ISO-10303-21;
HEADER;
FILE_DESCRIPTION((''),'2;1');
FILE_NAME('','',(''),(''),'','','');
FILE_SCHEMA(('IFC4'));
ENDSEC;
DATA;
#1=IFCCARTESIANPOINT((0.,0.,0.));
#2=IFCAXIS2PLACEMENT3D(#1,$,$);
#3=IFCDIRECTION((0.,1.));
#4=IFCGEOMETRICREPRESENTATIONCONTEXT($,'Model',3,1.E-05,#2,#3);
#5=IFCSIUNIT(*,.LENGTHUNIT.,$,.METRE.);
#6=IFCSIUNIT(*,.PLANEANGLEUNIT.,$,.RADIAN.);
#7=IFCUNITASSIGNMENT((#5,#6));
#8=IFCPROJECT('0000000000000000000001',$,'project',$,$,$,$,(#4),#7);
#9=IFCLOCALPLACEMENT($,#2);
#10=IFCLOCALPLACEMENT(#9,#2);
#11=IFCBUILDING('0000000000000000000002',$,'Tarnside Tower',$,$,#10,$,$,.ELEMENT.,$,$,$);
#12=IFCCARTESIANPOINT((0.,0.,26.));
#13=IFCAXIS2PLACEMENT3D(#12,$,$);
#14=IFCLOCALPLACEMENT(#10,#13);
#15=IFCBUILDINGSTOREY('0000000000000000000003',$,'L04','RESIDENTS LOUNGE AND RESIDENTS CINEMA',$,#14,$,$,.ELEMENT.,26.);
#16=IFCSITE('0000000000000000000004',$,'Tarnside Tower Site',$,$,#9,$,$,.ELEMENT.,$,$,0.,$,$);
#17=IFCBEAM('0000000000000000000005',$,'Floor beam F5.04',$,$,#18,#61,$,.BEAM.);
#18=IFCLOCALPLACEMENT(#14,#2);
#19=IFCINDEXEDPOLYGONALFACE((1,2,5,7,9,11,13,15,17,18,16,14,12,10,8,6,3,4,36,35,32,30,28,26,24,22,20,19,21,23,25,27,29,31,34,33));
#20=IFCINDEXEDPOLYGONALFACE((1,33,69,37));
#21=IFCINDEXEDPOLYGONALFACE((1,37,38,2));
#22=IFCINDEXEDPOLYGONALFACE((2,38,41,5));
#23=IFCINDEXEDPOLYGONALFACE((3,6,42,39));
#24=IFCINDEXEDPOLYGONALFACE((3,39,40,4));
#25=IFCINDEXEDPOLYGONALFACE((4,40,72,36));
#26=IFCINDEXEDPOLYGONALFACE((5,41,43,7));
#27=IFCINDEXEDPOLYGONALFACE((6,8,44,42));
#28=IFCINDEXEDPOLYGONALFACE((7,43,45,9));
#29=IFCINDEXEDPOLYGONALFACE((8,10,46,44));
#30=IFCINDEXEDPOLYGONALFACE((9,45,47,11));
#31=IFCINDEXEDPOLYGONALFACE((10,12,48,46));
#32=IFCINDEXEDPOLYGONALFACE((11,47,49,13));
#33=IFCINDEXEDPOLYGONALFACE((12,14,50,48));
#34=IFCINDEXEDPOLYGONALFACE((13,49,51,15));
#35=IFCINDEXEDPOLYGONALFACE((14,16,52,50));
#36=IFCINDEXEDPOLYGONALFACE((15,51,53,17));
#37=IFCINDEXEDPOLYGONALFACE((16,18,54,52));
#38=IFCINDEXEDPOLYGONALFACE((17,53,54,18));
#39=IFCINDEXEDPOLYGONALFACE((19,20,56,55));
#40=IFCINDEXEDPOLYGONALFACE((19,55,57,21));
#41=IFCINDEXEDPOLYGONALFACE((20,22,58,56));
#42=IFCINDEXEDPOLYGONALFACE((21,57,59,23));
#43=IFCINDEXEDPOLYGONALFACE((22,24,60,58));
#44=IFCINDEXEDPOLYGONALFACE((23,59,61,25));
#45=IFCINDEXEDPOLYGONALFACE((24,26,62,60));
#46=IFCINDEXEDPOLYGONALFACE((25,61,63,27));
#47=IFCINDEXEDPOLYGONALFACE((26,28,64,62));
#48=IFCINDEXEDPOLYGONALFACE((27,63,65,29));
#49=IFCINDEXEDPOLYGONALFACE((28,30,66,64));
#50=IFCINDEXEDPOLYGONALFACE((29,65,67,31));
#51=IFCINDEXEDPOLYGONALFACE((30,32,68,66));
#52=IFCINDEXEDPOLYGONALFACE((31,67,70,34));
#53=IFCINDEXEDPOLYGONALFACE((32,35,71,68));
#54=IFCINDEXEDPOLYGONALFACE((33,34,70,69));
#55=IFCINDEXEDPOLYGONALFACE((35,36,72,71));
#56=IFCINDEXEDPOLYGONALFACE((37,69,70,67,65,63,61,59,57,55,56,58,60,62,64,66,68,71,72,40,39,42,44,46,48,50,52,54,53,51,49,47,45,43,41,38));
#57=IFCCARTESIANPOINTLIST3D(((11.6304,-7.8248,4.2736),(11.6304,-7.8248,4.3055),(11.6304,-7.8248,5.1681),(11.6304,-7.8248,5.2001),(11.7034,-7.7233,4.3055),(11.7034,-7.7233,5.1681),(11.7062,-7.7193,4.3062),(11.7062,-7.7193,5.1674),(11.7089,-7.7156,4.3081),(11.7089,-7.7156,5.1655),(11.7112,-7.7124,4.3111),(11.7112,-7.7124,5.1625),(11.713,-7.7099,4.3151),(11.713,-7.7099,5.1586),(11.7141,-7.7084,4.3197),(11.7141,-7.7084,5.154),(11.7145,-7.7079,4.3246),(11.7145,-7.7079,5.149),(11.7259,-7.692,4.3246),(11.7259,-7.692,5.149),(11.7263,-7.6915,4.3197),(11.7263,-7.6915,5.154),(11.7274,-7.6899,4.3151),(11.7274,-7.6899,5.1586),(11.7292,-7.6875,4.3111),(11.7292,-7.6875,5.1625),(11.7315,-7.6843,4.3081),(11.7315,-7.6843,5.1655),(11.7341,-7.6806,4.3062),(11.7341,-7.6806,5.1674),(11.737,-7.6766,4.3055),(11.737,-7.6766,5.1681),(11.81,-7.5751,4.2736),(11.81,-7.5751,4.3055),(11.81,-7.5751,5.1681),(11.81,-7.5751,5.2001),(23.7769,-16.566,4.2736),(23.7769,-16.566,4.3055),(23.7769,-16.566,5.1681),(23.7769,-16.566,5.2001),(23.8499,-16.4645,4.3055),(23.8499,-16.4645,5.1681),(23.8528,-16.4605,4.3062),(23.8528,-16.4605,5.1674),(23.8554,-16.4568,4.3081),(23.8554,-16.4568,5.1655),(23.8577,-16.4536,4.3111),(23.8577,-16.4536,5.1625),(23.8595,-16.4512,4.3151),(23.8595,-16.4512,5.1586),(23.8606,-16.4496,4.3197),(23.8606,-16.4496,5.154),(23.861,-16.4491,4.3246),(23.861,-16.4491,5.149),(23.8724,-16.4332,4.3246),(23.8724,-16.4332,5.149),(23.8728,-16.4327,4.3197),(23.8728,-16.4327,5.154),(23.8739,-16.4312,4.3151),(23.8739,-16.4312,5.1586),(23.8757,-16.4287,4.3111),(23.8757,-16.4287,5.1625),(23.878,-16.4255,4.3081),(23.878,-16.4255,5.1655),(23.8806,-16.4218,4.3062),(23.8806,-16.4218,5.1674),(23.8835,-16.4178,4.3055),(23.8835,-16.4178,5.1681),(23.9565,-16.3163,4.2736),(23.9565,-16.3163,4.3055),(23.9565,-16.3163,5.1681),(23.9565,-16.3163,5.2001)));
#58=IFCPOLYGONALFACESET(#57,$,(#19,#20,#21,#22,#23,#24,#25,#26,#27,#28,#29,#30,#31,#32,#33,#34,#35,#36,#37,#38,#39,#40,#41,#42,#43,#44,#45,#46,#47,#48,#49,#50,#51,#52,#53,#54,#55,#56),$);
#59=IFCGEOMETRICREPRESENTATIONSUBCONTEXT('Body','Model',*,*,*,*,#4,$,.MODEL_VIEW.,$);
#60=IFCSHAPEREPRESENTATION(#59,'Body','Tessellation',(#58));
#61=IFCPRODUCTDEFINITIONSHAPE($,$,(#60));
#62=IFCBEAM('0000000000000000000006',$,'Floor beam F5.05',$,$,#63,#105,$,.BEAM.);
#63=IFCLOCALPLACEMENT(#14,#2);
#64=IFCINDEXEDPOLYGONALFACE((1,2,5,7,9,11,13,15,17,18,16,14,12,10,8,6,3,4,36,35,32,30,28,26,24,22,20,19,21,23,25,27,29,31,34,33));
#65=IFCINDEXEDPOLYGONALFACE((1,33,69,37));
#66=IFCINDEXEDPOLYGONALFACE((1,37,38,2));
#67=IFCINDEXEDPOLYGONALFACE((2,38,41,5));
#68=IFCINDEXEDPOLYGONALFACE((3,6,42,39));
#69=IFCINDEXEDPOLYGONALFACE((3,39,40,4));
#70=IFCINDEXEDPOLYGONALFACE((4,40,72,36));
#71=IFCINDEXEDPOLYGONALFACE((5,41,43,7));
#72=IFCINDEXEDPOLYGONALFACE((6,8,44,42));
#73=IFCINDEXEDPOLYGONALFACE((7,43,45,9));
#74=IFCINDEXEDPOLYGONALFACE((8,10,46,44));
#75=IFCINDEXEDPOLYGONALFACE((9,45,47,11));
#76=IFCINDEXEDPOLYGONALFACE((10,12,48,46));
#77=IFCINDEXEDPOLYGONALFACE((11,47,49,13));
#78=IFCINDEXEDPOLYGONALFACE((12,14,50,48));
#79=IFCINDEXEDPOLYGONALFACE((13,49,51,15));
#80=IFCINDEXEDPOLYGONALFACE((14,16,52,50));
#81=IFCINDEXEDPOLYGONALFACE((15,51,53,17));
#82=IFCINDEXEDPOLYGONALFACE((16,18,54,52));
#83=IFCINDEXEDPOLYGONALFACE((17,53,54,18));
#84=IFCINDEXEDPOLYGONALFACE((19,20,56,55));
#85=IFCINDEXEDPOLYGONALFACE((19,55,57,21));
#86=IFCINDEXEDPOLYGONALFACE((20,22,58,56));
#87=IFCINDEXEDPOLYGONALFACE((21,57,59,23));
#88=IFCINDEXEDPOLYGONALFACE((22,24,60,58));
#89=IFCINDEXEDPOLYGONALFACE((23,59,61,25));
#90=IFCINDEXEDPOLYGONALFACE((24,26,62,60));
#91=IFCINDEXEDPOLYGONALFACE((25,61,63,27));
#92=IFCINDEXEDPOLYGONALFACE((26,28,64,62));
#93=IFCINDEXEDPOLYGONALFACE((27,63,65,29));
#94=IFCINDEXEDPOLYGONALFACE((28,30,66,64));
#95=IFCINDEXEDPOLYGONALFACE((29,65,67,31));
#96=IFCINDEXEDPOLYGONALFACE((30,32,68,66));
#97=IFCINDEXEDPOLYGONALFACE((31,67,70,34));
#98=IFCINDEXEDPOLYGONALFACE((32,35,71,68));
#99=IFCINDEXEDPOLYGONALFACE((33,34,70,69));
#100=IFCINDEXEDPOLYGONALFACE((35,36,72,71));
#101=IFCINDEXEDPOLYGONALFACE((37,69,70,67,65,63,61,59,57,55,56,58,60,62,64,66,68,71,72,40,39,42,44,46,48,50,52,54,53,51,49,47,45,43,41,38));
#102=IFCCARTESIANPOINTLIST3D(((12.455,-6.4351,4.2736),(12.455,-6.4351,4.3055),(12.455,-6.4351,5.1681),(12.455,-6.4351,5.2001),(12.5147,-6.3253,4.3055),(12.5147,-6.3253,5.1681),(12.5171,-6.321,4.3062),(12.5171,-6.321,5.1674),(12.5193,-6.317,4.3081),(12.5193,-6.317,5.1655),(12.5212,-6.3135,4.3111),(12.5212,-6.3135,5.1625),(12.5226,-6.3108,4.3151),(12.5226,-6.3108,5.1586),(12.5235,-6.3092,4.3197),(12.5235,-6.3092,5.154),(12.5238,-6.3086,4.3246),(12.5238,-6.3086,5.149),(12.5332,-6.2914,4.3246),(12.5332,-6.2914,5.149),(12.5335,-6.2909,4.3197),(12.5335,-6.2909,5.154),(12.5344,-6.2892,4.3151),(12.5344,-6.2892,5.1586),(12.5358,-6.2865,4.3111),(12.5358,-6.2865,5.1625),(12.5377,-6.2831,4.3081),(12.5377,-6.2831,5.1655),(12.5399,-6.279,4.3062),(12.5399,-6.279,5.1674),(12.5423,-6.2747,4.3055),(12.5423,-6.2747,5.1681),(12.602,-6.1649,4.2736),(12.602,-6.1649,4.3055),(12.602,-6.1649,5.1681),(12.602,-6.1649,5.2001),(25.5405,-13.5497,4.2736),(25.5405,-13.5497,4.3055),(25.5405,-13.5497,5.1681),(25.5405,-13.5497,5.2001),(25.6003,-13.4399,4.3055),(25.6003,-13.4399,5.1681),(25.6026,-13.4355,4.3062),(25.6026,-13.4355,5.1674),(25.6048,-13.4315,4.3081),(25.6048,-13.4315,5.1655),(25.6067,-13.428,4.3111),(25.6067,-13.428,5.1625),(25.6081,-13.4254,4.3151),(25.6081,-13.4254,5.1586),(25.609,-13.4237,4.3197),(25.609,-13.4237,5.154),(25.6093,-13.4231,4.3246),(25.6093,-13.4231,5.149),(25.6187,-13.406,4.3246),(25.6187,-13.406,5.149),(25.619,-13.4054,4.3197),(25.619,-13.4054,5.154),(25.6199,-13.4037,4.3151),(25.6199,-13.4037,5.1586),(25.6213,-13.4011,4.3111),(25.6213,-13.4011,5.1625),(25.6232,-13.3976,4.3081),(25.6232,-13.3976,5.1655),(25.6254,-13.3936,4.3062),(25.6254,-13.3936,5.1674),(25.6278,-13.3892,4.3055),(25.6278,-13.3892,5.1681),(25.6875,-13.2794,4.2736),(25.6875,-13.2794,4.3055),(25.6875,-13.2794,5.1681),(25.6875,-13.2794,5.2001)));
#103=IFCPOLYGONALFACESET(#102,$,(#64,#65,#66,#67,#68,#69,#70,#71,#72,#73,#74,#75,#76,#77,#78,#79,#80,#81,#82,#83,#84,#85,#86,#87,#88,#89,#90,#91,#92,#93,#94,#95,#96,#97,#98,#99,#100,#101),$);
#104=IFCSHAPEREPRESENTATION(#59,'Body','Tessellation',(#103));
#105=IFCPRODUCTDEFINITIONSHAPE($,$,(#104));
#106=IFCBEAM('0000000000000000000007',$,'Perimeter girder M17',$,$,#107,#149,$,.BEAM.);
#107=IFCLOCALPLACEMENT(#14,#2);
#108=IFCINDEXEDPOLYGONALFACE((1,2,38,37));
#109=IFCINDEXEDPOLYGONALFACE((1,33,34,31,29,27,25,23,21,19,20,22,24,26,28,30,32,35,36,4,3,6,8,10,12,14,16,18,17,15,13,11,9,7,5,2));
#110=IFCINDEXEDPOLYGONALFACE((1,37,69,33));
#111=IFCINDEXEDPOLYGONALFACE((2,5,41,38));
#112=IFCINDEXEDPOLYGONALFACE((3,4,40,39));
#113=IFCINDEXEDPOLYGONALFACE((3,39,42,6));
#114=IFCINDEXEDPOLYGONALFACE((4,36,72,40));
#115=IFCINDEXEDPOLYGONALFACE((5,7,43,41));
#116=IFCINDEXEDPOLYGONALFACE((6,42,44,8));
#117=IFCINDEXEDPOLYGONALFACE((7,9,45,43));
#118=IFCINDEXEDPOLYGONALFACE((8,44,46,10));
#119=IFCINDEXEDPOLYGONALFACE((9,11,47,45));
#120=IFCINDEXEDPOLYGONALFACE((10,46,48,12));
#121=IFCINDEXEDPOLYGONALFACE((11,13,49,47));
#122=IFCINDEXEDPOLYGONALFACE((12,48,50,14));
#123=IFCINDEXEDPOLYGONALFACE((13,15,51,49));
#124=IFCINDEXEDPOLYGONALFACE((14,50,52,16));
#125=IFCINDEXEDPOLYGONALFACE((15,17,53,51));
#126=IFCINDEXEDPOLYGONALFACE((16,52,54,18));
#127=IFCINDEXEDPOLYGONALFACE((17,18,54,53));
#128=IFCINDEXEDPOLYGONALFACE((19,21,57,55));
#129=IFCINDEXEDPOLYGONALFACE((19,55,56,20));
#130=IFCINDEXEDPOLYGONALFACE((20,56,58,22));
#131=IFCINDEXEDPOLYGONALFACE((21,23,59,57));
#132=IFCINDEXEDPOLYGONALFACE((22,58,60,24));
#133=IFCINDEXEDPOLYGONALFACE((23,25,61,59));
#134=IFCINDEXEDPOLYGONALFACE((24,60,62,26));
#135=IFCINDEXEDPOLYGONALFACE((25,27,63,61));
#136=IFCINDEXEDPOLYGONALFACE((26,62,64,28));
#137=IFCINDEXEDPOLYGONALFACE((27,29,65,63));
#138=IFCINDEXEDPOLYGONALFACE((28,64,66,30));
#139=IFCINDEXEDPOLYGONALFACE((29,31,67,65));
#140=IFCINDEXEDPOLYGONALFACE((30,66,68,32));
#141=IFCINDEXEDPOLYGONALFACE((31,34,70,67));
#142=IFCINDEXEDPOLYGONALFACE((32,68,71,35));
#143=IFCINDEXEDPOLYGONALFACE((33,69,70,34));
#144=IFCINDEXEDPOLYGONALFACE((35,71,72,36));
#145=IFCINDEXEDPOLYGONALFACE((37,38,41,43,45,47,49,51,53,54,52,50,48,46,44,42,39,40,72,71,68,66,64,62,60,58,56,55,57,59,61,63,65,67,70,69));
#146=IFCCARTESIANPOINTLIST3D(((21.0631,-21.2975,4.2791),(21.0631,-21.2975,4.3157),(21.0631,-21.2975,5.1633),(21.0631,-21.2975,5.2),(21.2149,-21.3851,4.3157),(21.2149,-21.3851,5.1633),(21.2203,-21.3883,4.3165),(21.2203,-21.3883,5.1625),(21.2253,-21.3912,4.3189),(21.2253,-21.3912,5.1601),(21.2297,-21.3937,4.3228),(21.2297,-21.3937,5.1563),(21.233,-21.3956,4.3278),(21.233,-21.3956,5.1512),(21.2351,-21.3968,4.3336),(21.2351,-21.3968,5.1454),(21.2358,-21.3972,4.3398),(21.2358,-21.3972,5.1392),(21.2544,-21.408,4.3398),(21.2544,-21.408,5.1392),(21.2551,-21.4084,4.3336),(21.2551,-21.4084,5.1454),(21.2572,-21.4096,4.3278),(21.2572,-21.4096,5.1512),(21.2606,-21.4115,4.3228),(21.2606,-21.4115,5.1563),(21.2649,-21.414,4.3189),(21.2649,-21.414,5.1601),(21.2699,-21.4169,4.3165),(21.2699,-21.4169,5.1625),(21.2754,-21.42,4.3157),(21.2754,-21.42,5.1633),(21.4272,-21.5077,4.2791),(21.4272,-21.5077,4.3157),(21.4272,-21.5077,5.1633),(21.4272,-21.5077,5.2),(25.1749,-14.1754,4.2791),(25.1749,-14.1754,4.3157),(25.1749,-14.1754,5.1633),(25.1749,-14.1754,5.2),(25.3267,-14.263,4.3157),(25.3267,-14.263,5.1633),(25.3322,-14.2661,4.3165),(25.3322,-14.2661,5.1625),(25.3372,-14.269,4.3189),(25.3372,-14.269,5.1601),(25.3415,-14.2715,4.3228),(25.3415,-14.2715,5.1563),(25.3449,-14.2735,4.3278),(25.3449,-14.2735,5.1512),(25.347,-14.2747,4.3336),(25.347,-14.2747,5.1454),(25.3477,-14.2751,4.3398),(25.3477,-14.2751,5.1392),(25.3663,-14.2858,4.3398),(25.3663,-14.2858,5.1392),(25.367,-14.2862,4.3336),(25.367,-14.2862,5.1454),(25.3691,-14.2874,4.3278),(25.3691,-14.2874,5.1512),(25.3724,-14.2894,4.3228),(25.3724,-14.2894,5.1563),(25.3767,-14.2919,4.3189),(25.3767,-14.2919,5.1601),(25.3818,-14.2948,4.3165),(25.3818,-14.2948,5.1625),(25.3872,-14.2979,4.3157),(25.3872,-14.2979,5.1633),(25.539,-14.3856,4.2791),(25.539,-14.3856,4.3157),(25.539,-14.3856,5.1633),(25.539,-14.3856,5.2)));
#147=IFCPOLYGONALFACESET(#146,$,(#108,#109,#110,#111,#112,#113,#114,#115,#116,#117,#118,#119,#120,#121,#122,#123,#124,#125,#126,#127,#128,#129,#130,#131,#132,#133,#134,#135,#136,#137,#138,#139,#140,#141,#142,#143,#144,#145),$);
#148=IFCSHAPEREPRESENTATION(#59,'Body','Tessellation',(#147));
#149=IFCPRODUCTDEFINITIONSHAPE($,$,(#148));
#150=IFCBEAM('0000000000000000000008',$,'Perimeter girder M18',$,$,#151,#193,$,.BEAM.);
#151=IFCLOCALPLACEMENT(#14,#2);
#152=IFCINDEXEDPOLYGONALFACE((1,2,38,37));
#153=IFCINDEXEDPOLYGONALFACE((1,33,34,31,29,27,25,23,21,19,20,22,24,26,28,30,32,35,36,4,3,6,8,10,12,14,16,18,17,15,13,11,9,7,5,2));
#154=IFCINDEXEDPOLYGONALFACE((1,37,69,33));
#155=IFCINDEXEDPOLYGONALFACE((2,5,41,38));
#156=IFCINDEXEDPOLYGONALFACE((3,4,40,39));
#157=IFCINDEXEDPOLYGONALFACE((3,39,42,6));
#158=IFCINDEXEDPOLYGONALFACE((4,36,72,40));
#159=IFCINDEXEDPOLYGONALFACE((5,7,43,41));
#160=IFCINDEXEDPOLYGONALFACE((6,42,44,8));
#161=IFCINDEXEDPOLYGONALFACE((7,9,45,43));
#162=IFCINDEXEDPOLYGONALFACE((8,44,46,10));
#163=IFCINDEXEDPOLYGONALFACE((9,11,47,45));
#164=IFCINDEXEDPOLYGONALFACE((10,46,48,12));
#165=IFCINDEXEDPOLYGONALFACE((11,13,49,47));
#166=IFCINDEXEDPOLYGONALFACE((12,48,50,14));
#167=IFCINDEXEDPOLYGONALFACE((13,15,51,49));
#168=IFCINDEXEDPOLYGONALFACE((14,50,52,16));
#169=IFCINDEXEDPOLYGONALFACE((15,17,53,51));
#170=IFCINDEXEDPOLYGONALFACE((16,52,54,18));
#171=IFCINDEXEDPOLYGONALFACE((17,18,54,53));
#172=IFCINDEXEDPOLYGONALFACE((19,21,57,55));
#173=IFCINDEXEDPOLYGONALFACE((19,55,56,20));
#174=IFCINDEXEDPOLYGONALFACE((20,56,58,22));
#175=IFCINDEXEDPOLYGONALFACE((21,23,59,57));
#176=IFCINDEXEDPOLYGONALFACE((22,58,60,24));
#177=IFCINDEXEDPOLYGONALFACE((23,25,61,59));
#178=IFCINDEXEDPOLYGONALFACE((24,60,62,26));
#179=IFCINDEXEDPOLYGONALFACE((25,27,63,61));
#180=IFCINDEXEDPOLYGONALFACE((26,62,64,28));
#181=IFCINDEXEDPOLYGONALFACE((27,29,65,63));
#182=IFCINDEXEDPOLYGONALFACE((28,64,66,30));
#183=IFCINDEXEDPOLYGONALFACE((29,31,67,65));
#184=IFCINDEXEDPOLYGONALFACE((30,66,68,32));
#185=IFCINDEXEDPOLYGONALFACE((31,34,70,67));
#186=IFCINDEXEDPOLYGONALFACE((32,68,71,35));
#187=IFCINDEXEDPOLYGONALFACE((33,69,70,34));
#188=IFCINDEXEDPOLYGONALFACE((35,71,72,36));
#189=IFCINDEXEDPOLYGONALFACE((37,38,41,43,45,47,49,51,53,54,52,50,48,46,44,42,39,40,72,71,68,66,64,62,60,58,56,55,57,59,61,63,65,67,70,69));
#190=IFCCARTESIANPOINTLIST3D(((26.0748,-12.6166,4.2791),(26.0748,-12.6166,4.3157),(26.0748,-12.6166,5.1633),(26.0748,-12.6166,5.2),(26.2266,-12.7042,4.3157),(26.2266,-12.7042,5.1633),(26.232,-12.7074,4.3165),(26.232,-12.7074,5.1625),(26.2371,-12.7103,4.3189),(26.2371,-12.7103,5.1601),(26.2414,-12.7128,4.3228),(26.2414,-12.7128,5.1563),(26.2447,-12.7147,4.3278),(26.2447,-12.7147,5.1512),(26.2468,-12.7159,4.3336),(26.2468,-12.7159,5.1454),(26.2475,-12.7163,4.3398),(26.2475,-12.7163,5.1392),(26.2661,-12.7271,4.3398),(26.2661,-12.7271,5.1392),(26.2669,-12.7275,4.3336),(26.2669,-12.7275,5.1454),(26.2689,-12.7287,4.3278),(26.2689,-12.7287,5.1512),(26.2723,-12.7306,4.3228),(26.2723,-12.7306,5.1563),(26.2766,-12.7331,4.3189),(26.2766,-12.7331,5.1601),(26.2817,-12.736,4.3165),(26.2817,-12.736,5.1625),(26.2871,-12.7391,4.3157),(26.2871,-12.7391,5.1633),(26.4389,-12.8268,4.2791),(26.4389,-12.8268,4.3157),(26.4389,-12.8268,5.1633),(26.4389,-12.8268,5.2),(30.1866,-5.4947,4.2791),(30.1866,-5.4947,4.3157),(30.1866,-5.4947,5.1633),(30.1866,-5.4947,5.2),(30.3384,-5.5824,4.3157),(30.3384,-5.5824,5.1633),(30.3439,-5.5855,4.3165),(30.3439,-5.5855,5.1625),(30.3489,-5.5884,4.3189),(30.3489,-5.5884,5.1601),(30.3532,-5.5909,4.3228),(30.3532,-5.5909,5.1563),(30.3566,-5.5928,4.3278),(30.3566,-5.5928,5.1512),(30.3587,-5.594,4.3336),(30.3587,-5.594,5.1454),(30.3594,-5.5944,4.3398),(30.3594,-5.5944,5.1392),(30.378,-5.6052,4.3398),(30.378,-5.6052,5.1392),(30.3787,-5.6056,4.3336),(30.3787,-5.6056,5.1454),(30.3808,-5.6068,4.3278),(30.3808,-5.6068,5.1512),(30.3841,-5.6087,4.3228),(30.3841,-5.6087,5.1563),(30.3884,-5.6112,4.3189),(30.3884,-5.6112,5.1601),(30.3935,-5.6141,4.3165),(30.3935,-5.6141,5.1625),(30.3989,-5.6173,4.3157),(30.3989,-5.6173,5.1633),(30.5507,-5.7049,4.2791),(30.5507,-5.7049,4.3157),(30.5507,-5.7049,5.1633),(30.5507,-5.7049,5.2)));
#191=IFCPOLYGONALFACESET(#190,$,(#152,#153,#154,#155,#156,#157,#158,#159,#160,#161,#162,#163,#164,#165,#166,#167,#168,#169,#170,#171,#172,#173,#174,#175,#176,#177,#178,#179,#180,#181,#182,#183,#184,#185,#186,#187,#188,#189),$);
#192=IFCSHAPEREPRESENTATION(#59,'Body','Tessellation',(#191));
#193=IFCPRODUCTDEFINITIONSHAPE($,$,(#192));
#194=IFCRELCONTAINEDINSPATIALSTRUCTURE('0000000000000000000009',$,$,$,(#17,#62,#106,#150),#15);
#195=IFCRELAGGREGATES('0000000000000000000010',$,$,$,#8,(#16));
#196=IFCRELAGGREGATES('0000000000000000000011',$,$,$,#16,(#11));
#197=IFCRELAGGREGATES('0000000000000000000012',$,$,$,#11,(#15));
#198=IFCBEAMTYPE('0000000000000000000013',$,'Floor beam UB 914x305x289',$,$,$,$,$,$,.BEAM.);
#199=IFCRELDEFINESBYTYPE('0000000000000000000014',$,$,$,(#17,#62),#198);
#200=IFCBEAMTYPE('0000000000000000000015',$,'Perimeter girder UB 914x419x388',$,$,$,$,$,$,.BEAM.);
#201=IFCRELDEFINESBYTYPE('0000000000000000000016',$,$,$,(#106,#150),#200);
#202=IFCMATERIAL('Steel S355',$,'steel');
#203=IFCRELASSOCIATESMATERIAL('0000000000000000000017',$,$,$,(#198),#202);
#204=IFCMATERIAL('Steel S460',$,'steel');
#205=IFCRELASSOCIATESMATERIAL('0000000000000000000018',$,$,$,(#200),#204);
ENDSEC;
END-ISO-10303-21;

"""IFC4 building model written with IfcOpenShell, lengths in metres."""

from ifc_helpers import new_model, si_unit, direction, frame, origin, origin_2d, place, context, subcontext, project, spatial, i_section, extrude, material, material_profile, profile_set, type_object, element, save


model = new_model("IFC4")

# Units and contexts
model_context = context("Model", 3, precision=1e-05, world=origin(), true_north=direction((0.0, 1.0)))
body_context = subcontext(model_context, "Body", "Model", "MODEL_VIEW")
ifc_project = project(units=[si_unit("LENGTHUNIT", "METRE"), si_unit("PLANEANGLEUNIT", "RADIAN")], contexts=[model_context])

# Site, building, storey
site_placement = place(None, origin())
site = spatial("IfcSite", under=ifc_project, at=site_placement, Name="Tarnside Tower Site", CompositionType="ELEMENT", RefElevation=0.0)
building_placement = place(site_placement, origin())
building = spatial("IfcBuilding", under=site, at=building_placement, Name="Tarnside Tower", CompositionType="ELEMENT")
storey_placement = place(building_placement, frame((0.0, 0.0, 26.0)))
storey = spatial("IfcBuildingStorey", under=building, at=storey_placement, Name="L04", Description="RESIDENTS LOUNGE AND RESIDENTS CINEMA", CompositionType="ELEMENT", Elevation=26.0)

# Beams
ifc_material_1 = material(Name="Steel S355", Category="steel")
ifc_material_profile_1 = material_profile(ifc_material_1, i_section(OverallWidth=0.3076, OverallDepth=0.9265, WebThickness=0.0195, FlangeThickness=0.032, FilletRadius=0.019, at=origin_2d()), Name="UB 914x305x289")
ifc_profile_set_1 = profile_set([ifc_material_profile_1], Name="Steel S355")
beam_type_1 = type_object("IfcBeamType", Name="Floor beam UB 914x305x289", PredefinedType="BEAM", material=ifc_profile_set_1)
beam_1_placement = place(storey_placement, frame((23.8667, -16.4412, 4.7368), z_axis=(-0.811669, 0.584117, 0.0), x_axis=(-0.584117, -0.811669, 0.0)))
element("IfcBeam", 1, at=beam_1_placement, inside=storey, type_object=beam_type_1, Name="Floor beam F5.04", PredefinedType="BEAM", context=body_context, shape_type="SweptSolid", body=[
    extrude(i_section(OverallWidth=0.3076, OverallDepth=0.9265, WebThickness=0.0195, FlangeThickness=0.032, FilletRadius=0.019, at=origin_2d()), origin(), (0.0, 0.0, 1.0), 14.9648),
])
beam_2_placement = place(storey_placement, frame((25.614, -13.4146, 4.7368), z_axis=(-0.878544, 0.477661, 0.0), x_axis=(-0.477661, -0.878544, 0.0)))
element("IfcBeam", 2, at=beam_2_placement, inside=storey, type_object=beam_type_1, Name="Floor beam F5.05", PredefinedType="BEAM", context=body_context, shape_type="SweptSolid", body=[
    extrude(i_section(OverallWidth=0.3076, OverallDepth=0.9265, WebThickness=0.0195, FlangeThickness=0.032, FilletRadius=0.019, at=origin_2d()), origin(), (0.0, 0.0, 1.0), 14.8945),
])
ifc_material_2 = material(Name="Steel S460", Category="steel")
ifc_material_profile_2 = material_profile(ifc_material_2, i_section(OverallWidth=0.4204, OverallDepth=0.9209, WebThickness=0.0215, FlangeThickness=0.0366, FilletRadius=0.0242, at=origin_2d()), Name="UB 914x419x388")
ifc_profile_set_2 = profile_set([ifc_material_profile_2], Name="Steel S460")
beam_type_2 = type_object("IfcBeamType", Name="Perimeter girder UB 914x419x388", PredefinedType="BEAM", material=ifc_profile_set_2)
beam_3_placement = place(storey_placement, frame((21.2451, -21.4026, 4.7395), z_axis=(0.49999, 0.866031, 0.0), x_axis=(-0.866031, 0.49999, 0.0)))
element("IfcBeam", 3, at=beam_3_placement, inside=storey, type_object=beam_type_2, Name="Perimeter girder M17", PredefinedType="BEAM", context=body_context, shape_type="SweptSolid", body=[
    extrude(i_section(OverallWidth=0.4204, OverallDepth=0.9209, WebThickness=0.0215, FlangeThickness=0.0366, FilletRadius=0.0242, at=origin_2d()), origin(), (0.0, 0.0, 1.0), 8.2239),
])
beam_4_placement = place(storey_placement, frame((26.2568, -12.7217, 4.7395), z_axis=(0.500003, 0.866024, 0.0), x_axis=(-0.866024, 0.500003, 0.0)))
element("IfcBeam", 4, at=beam_4_placement, inside=storey, type_object=beam_type_2, Name="Perimeter girder M18", PredefinedType="BEAM", context=body_context, shape_type="SweptSolid", body=[
    extrude(i_section(OverallWidth=0.4204, OverallDepth=0.9209, WebThickness=0.0215, FlangeThickness=0.0366, FilletRadius=0.0242, at=origin_2d()), origin(), (0.0, 0.0, 1.0), 8.2236),
])

save(model, "model.ifc")
